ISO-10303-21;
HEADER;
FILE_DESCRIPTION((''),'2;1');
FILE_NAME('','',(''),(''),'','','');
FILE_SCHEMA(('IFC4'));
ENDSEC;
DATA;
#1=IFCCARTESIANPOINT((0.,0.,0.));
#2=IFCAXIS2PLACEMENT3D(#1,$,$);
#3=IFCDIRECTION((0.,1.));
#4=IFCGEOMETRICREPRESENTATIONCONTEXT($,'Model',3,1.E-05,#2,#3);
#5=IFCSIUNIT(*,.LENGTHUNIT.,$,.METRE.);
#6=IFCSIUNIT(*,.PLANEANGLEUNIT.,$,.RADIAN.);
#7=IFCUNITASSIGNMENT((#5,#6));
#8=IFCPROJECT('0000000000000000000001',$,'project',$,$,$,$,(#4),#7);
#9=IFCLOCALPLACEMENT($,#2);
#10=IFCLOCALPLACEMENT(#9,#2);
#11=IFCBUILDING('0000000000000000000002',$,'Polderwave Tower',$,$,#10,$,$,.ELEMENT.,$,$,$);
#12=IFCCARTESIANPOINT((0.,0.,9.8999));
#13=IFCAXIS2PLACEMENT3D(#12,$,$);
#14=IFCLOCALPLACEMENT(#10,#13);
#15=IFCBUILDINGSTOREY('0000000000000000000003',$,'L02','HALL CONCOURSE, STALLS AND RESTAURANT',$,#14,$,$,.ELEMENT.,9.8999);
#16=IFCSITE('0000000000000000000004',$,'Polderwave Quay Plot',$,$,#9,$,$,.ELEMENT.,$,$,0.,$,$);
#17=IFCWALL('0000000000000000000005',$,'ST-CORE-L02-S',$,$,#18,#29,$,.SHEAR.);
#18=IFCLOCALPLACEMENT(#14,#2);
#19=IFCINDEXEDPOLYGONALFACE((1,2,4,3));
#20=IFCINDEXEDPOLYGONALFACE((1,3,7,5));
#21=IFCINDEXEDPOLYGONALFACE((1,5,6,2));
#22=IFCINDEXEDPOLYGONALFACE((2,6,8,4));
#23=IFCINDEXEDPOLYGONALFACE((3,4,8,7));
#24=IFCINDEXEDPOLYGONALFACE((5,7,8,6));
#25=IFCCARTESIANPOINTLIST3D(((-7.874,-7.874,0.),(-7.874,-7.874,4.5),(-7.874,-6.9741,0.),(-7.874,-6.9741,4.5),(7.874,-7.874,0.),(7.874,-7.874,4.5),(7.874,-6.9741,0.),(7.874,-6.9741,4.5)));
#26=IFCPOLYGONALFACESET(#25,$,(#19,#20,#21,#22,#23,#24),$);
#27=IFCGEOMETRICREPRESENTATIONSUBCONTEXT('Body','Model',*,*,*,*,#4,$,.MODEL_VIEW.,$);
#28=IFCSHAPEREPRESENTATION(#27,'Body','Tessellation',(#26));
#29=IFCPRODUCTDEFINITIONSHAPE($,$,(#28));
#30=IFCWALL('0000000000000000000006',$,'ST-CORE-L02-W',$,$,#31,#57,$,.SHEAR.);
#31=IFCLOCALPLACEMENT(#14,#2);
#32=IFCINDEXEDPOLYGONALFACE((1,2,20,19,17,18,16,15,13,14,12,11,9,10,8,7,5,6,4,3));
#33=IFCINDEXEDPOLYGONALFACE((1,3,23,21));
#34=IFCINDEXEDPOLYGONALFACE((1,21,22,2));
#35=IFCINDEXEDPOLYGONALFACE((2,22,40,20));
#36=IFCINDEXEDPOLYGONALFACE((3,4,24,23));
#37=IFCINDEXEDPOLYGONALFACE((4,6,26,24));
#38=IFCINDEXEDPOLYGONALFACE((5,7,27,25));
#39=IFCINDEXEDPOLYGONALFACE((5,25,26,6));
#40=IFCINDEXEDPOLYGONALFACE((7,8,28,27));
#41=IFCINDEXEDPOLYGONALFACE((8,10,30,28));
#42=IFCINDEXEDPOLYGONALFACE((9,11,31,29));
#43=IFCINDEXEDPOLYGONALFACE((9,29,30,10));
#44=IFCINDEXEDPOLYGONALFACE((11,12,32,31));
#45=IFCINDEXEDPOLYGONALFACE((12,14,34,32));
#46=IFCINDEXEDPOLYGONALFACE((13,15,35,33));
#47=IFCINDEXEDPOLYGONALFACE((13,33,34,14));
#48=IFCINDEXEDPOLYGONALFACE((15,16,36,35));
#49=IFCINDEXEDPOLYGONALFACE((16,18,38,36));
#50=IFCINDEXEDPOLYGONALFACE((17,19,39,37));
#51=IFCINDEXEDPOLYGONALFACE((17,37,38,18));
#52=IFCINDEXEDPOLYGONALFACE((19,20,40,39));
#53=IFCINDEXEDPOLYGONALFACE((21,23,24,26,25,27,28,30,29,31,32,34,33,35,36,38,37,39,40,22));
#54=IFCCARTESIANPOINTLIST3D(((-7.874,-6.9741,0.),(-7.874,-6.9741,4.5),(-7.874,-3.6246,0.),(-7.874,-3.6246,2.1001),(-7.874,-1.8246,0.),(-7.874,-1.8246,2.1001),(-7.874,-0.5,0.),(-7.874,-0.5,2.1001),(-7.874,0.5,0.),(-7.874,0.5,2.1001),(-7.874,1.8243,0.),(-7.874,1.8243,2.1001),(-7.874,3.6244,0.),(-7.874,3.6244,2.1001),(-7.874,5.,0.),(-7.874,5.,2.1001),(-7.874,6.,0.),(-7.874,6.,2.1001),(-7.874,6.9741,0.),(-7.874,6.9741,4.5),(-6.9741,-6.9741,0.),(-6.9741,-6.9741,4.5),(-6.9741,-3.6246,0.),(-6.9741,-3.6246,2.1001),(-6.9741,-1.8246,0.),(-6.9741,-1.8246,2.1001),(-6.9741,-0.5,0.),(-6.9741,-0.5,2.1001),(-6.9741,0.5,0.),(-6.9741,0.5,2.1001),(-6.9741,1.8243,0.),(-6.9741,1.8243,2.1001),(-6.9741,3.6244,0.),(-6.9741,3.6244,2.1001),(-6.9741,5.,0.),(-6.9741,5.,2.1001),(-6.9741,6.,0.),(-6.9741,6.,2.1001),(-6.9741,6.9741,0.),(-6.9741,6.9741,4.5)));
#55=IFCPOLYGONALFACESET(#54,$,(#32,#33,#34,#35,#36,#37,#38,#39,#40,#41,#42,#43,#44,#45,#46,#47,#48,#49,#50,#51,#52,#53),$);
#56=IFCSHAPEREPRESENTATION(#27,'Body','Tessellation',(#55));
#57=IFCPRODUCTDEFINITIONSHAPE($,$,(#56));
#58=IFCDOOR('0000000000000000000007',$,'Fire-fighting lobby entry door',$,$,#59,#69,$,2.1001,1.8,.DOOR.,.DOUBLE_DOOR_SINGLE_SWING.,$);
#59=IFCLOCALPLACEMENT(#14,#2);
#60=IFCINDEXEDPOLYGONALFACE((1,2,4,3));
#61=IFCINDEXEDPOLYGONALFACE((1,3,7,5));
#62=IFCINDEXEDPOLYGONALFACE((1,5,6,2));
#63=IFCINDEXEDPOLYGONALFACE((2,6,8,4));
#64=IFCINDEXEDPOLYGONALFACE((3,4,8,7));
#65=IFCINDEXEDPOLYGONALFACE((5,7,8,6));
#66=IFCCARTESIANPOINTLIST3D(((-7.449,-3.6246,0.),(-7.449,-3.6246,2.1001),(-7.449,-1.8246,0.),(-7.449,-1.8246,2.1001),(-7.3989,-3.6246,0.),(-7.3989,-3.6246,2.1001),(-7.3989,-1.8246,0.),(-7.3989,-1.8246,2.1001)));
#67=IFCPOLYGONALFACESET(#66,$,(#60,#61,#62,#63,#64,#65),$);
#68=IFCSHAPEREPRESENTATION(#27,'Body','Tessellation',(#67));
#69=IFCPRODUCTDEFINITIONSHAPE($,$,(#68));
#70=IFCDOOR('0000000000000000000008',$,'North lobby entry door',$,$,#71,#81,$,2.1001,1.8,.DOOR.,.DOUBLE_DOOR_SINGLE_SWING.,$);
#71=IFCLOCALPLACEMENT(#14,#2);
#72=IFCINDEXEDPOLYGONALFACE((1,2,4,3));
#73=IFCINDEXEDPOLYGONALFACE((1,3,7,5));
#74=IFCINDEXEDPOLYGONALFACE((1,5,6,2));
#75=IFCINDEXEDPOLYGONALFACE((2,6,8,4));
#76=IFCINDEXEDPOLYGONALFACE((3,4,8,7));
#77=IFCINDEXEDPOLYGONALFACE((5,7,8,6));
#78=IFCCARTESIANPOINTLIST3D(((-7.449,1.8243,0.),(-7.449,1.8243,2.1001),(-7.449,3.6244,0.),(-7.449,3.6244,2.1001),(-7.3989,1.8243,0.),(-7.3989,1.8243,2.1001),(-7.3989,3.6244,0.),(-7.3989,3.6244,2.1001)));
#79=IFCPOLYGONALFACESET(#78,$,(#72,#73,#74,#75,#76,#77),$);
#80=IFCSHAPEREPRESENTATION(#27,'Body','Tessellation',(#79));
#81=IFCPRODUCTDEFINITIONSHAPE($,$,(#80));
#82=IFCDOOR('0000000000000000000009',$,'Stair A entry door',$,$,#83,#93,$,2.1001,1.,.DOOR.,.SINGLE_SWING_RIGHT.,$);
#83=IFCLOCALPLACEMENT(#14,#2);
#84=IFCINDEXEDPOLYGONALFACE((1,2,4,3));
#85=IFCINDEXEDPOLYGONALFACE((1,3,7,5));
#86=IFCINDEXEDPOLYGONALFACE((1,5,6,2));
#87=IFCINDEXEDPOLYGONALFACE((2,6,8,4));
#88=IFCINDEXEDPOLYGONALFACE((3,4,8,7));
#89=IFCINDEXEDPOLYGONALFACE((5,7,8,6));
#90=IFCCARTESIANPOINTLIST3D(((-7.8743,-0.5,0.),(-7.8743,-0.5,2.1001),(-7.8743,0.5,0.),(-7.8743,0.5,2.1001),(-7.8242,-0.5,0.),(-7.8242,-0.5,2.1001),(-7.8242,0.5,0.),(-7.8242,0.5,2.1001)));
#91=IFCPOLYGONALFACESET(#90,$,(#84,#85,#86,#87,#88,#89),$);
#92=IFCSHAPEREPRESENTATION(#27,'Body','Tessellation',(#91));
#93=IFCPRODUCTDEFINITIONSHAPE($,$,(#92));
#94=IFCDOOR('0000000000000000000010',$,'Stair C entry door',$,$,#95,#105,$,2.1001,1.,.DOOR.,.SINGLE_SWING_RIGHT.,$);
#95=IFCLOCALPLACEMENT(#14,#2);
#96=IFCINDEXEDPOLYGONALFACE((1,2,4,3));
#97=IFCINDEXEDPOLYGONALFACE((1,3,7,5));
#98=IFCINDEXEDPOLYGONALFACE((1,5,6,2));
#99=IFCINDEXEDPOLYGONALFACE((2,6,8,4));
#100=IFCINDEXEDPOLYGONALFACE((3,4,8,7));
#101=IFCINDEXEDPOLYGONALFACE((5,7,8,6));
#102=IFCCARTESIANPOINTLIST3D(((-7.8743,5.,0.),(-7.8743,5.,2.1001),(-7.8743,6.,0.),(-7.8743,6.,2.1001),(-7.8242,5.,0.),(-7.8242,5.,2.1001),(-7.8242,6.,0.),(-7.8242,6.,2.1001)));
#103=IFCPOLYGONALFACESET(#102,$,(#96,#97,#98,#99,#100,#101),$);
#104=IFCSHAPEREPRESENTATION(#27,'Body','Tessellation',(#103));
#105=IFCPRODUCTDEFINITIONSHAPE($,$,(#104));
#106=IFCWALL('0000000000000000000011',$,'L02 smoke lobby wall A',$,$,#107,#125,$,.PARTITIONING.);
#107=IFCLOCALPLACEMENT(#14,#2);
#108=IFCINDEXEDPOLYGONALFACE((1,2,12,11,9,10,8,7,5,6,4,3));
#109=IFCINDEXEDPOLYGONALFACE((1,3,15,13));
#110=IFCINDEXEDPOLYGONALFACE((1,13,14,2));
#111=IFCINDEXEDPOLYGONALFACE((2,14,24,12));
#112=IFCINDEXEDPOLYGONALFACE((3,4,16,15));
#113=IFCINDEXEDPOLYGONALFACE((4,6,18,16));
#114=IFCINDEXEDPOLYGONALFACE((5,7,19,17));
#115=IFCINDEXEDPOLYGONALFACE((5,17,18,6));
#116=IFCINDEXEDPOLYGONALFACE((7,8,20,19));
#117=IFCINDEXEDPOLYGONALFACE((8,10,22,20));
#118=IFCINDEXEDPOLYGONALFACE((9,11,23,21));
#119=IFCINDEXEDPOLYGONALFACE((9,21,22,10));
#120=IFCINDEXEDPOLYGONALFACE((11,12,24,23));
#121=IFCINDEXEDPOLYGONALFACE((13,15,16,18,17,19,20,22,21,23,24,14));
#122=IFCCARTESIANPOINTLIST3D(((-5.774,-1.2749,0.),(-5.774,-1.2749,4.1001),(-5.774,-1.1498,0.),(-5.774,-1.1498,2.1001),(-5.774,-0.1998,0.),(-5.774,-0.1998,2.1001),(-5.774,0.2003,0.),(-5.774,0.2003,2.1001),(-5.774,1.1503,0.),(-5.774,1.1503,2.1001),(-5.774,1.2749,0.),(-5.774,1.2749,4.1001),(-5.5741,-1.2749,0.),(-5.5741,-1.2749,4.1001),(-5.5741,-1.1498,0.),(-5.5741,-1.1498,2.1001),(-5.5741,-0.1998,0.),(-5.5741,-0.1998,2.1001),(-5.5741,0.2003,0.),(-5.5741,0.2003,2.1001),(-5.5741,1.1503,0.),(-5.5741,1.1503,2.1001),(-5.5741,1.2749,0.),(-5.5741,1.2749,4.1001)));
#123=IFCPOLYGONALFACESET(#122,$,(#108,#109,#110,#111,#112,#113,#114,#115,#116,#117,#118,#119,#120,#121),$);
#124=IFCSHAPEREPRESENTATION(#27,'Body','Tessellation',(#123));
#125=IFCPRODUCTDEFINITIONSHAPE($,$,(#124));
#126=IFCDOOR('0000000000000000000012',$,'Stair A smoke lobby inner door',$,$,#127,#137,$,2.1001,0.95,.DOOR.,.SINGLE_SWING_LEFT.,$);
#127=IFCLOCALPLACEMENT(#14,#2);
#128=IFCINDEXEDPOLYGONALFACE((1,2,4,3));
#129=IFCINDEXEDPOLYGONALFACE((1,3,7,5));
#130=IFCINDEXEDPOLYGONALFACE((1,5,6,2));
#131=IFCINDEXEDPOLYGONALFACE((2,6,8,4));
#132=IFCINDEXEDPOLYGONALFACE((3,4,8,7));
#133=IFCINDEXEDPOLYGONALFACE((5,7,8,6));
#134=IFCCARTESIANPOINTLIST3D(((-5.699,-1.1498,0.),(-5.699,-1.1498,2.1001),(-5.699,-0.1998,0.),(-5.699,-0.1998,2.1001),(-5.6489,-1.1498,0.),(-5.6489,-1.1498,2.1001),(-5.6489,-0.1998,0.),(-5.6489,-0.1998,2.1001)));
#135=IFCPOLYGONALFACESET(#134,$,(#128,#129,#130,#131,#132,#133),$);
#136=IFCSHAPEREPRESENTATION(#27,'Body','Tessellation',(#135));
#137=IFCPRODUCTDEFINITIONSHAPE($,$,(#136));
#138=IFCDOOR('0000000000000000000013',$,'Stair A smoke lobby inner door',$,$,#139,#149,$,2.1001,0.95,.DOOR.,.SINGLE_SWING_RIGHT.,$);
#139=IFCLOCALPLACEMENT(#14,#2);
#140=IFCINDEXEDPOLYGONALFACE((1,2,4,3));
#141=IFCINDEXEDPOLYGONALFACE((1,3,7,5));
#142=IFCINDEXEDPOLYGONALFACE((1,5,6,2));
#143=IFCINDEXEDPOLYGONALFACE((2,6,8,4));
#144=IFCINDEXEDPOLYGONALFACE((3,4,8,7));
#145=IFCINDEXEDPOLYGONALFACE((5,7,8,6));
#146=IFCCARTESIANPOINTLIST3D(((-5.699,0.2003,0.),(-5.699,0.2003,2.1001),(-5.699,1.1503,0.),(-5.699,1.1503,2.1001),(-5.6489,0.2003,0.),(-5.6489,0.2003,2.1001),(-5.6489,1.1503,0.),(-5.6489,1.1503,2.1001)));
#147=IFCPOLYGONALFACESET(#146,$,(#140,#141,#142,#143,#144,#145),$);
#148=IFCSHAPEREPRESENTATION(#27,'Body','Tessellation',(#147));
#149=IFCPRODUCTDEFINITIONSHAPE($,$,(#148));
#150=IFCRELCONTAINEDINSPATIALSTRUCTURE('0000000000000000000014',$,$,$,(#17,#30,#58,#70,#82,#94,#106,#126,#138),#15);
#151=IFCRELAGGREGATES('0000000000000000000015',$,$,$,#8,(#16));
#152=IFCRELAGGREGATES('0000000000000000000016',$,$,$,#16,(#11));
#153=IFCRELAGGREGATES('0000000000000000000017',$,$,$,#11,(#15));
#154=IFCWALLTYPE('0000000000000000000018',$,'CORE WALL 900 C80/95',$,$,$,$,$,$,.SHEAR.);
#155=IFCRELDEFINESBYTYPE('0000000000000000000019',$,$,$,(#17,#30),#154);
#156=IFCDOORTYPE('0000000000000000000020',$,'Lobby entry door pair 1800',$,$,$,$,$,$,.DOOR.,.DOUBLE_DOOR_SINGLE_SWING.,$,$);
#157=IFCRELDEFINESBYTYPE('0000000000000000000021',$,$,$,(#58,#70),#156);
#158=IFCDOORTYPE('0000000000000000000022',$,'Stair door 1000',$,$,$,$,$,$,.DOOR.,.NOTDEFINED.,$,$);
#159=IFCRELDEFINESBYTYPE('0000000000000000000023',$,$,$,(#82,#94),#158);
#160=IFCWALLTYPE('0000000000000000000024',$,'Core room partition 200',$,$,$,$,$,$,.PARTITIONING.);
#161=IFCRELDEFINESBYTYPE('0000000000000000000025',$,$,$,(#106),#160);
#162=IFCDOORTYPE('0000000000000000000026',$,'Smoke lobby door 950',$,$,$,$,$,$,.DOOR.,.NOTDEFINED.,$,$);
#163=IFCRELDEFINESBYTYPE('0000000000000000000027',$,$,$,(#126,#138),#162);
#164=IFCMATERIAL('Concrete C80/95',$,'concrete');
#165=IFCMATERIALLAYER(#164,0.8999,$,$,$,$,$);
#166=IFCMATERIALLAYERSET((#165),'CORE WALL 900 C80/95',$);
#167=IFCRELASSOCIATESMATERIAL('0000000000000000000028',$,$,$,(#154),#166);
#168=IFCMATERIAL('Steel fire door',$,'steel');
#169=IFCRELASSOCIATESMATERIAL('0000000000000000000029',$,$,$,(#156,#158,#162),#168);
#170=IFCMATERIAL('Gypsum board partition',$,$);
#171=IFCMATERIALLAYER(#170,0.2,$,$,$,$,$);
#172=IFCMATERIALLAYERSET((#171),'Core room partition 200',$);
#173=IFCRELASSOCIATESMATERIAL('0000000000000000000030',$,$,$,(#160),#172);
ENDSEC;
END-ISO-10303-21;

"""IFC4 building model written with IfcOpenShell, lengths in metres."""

from ifc_helpers import new_model, si_unit, direction, frame, frame_2d, origin, place, context, subcontext, project, spatial, rectangle, extrude, material, layer, layer_set, type_object, element, fill, save


model = new_model("IFC4")

# Units and contexts
model_context = context("Model", 3, precision=1e-05, world=origin(), true_north=direction((0.0, 1.0)))
body_context = subcontext(model_context, "Body", "Model", "MODEL_VIEW")
ifc_project = project(units=[si_unit("LENGTHUNIT", "METRE"), si_unit("PLANEANGLEUNIT", "RADIAN")], contexts=[model_context])

# Site, building, storey
site_placement = place(None, origin())
site = spatial("IfcSite", under=ifc_project, at=site_placement, Name="Polderwave Quay Plot", CompositionType="ELEMENT", RefElevation=0.0)
building_placement = place(site_placement, origin())
building = spatial("IfcBuilding", under=site, at=building_placement, Name="Polderwave Tower", CompositionType="ELEMENT")
storey_placement = place(building_placement, frame((0.0, 0.0, 9.8999)))
storey = spatial("IfcBuildingStorey", under=building, at=storey_placement, Name="L02", Description="HALL CONCOURSE, STALLS AND RESTAURANT", CompositionType="ELEMENT", Elevation=9.8999)

# Wall
ifc_material_1 = material(Name="Concrete C80/95", Category="concrete")
ifc_layer_1 = layer(ifc_material_1, 0.8999)
ifc_layer_set_1 = layer_set([ifc_layer_1], Name="CORE WALL 900 C80/95")
wall_type_1 = type_object("IfcWallType", Name="CORE WALL 900 C80/95", PredefinedType="SHEAR", material=ifc_layer_set_1)
wall_1_placement = place(storey_placement, frame((-7.874, -7.4241, 0.0), z_axis=(0.0, 0.0, 1.0), x_axis=(1.0, 0.0, 0.0)))
element("IfcWall", 1, at=wall_1_placement, inside=storey, type_object=wall_type_1, Name="ST-CORE-L02-S", PredefinedType="SHEAR", context=body_context, shape_type="SweptSolid", body=[
    extrude(rectangle(XDim=15.748, YDim=0.8999, at=frame_2d((7.874, 0.0))), origin(), (0.0, 0.0, 1.0), 4.5),
])

# Walls, openings, doors
wall_2_placement = place(storey_placement, frame((-7.4241, -6.9741, 0.0), z_axis=(0.0, 0.0, 1.0), x_axis=(0.0, 1.0, 0.0)))
wall_2 = element("IfcWall", 2, at=wall_2_placement, inside=storey, type_object=wall_type_1, Name="ST-CORE-L02-W", PredefinedType="SHEAR", context=body_context, shape_type="SweptSolid", body=[
    extrude(rectangle(XDim=13.9482, YDim=0.8999, at=frame_2d((6.9741, 0.0))), origin(), (0.0, 0.0, 1.0), 4.5),
])
opening_1_placement = place(wall_2_placement, frame((6.4741, 0.0, 0.0)))
opening_1 = element("IfcOpeningElement", 3, at=opening_1_placement, cuts=wall_2, PredefinedType="OPENING", context=body_context, shape_type="SweptSolid", body=[
    extrude(rectangle(XDim=1.0, YDim=2.1001, at=frame_2d((0.5, 1.05))), frame((0.0, 0.46, 0.0), z_axis=(0.0, -1.0, 0.0), x_axis=(1.0, 0.0, 0.0)), (0.0, 0.0, 1.0), 0.9199),
])
opening_2_placement = place(wall_2_placement, frame((3.3496, 0.0, 0.0)))
opening_2 = element("IfcOpeningElement", 4, at=opening_2_placement, cuts=wall_2, PredefinedType="OPENING", context=body_context, shape_type="SweptSolid", body=[
    extrude(rectangle(XDim=1.8, YDim=2.1001, at=frame_2d((0.8999, 1.05))), frame((0.0, 0.46, 0.0), z_axis=(0.0, -1.0, 0.0), x_axis=(1.0, 0.0, 0.0)), (0.0, 0.0, 1.0), 0.9199),
])
opening_3_placement = place(wall_2_placement, frame((8.7986, 0.0, 0.0)))
opening_3 = element("IfcOpeningElement", 5, at=opening_3_placement, cuts=wall_2, PredefinedType="OPENING", context=body_context, shape_type="SweptSolid", body=[
    extrude(rectangle(XDim=1.8, YDim=2.1001, at=frame_2d((0.8999, 1.05))), frame((0.0, 0.46, 0.0), z_axis=(0.0, -1.0, 0.0), x_axis=(1.0, 0.0, 0.0)), (0.0, 0.0, 1.0), 0.9199),
])
opening_4_placement = place(wall_2_placement, frame((11.9741, 0.0, 0.0)))
opening_4 = element("IfcOpeningElement", 6, at=opening_4_placement, cuts=wall_2, PredefinedType="OPENING", context=body_context, shape_type="SweptSolid", body=[
    extrude(rectangle(XDim=1.0, YDim=2.1001, at=frame_2d((0.5, 1.05))), frame((0.0, 0.46, 0.0), z_axis=(0.0, -1.0, 0.0), x_axis=(1.0, 0.0, 0.0)), (0.0, 0.0, 1.0), 0.9199),
])
ifc_material_2 = material(Name="Steel fire door", Category="steel")
door_type_1 = type_object("IfcDoorType", Name="Lobby entry door pair 1800", OperationType="DOUBLE_DOOR_SINGLE_SWING", PredefinedType="DOOR", material=ifc_material_2)
door_1_placement = place(opening_2_placement, origin())
door_1 = element("IfcDoor", 7, at=door_1_placement, inside=storey, type_object=door_type_1, Name="Fire-fighting lobby entry door", OperationType="DOUBLE_DOOR_SINGLE_SWING", OverallHeight=2.1001, OverallWidth=1.8, PredefinedType="DOOR", context=body_context, shape_type="SweptSolid", body=[
    extrude(rectangle(XDim=1.8, YDim=2.1001, at=frame_2d((0.8999, 1.05))), frame((0.0, 0.0249, 0.0), z_axis=(0.0, -1.0, 0.0), x_axis=(1.0, 0.0, 0.0)), (0.0, 0.0, 1.0), 0.05),
])
fill(opening_2, door_1)
door_2_placement = place(opening_3_placement, origin())
door_2 = element("IfcDoor", 8, at=door_2_placement, inside=storey, type_object=door_type_1, Name="North lobby entry door", OperationType="DOUBLE_DOOR_SINGLE_SWING", OverallHeight=2.1001, OverallWidth=1.8, PredefinedType="DOOR", context=body_context, shape_type="SweptSolid", body=[
    extrude(rectangle(XDim=1.8, YDim=2.1001, at=frame_2d((0.8999, 1.05))), frame((0.0, 0.0249, 0.0), z_axis=(0.0, -1.0, 0.0), x_axis=(1.0, 0.0, 0.0)), (0.0, 0.0, 1.0), 0.05),
])
fill(opening_3, door_2)
door_type_2 = type_object("IfcDoorType", Name="Stair door 1000", OperationType="NOTDEFINED", PredefinedType="DOOR", material=ifc_material_2)
door_3_placement = place(opening_1_placement, origin())
door_3 = element("IfcDoor", 9, at=door_3_placement, inside=storey, type_object=door_type_2, Name="Stair A entry door", OperationType="SINGLE_SWING_RIGHT", OverallHeight=2.1001, OverallWidth=1.0, PredefinedType="DOOR", context=body_context, shape_type="SweptSolid", body=[
    extrude(rectangle(XDim=1.0, YDim=2.1001, at=frame_2d((0.5, 1.05))), frame((0.0, 0.4502, 0.0), z_axis=(0.0, -1.0, 0.0), x_axis=(1.0, 0.0, 0.0)), (0.0, 0.0, 1.0), 0.05),
])
fill(opening_1, door_3)
door_4_placement = place(opening_4_placement, origin())
door_4 = element("IfcDoor", 10, at=door_4_placement, inside=storey, type_object=door_type_2, Name="Stair C entry door", OperationType="SINGLE_SWING_RIGHT", OverallHeight=2.1001, OverallWidth=1.0, PredefinedType="DOOR", context=body_context, shape_type="SweptSolid", body=[
    extrude(rectangle(XDim=1.0, YDim=2.1001, at=frame_2d((0.5, 1.05))), frame((0.0, 0.4502, 0.0), z_axis=(0.0, -1.0, 0.0), x_axis=(1.0, 0.0, 0.0)), (0.0, 0.0, 1.0), 0.05),
])
fill(opening_4, door_4)
ifc_material_3 = material(Name="Gypsum board partition")
ifc_layer_2 = layer(ifc_material_3, 0.2)
ifc_layer_set_2 = layer_set([ifc_layer_2], Name="Core room partition 200")
wall_type_2 = type_object("IfcWallType", Name="Core room partition 200", PredefinedType="PARTITIONING", material=ifc_layer_set_2)
wall_3_placement = place(storey_placement, frame((-5.6741, -1.2749, 0.0), z_axis=(0.0, 0.0, 1.0), x_axis=(0.0, 1.0, 0.0)))
wall_3 = element("IfcWall", 11, at=wall_3_placement, inside=storey, type_object=wall_type_2, Name="L02 smoke lobby wall A", PredefinedType="PARTITIONING", context=body_context, shape_type="SweptSolid", body=[
    extrude(rectangle(XDim=2.5498, YDim=0.2, at=frame_2d((1.2749, 0.0))), origin(), (0.0, 0.0, 1.0), 4.1001),
])
opening_5_placement = place(wall_3_placement, frame((0.125, 0.0, 0.0)))
opening_5 = element("IfcOpeningElement", 12, at=opening_5_placement, cuts=wall_3, PredefinedType="OPENING", context=body_context, shape_type="SweptSolid", body=[
    extrude(rectangle(XDim=0.95, YDim=2.1001, at=frame_2d((0.4751, 1.05))), frame((0.0, 0.1099, 0.0), z_axis=(0.0, -1.0, 0.0), x_axis=(1.0, 0.0, 0.0)), (0.0, 0.0, 1.0), 0.22),
])
opening_6_placement = place(wall_3_placement, frame((1.4751, 0.0, 0.0)))
opening_6 = element("IfcOpeningElement", 13, at=opening_6_placement, cuts=wall_3, PredefinedType="OPENING", context=body_context, shape_type="SweptSolid", body=[
    extrude(rectangle(XDim=0.95, YDim=2.1001, at=frame_2d((0.4751, 1.05))), frame((0.0, 0.1099, 0.0), z_axis=(0.0, -1.0, 0.0), x_axis=(1.0, 0.0, 0.0)), (0.0, 0.0, 1.0), 0.22),
])
door_type_3 = type_object("IfcDoorType", Name="Smoke lobby door 950", OperationType="NOTDEFINED", PredefinedType="DOOR", material=ifc_material_2)
door_5_placement = place(opening_5_placement, origin())
door_5 = element("IfcDoor", 14, at=door_5_placement, inside=storey, type_object=door_type_3, Name="Stair A smoke lobby inner door", OperationType="SINGLE_SWING_LEFT", OverallHeight=2.1001, OverallWidth=0.95, PredefinedType="DOOR", context=body_context, shape_type="SweptSolid", body=[
    extrude(rectangle(XDim=0.95, YDim=2.1001, at=frame_2d((0.4751, 1.05))), frame((0.0, 0.0249, 0.0), z_axis=(0.0, -1.0, 0.0), x_axis=(1.0, 0.0, 0.0)), (0.0, 0.0, 1.0), 0.05),
])
fill(opening_5, door_5)
door_6_placement = place(opening_6_placement, origin())
door_6 = element("IfcDoor", 15, at=door_6_placement, inside=storey, type_object=door_type_3, Name="Stair A smoke lobby inner door", OperationType="SINGLE_SWING_RIGHT", OverallHeight=2.1001, OverallWidth=0.95, PredefinedType="DOOR", context=body_context, shape_type="SweptSolid", body=[
    extrude(rectangle(XDim=0.95, YDim=2.1001, at=frame_2d((0.4751, 1.05))), frame((0.0, 0.0249, 0.0), z_axis=(0.0, -1.0, 0.0), x_axis=(1.0, 0.0, 0.0)), (0.0, 0.0, 1.0), 0.05),
])
fill(opening_6, door_6)

save(model, "model.ifc")
